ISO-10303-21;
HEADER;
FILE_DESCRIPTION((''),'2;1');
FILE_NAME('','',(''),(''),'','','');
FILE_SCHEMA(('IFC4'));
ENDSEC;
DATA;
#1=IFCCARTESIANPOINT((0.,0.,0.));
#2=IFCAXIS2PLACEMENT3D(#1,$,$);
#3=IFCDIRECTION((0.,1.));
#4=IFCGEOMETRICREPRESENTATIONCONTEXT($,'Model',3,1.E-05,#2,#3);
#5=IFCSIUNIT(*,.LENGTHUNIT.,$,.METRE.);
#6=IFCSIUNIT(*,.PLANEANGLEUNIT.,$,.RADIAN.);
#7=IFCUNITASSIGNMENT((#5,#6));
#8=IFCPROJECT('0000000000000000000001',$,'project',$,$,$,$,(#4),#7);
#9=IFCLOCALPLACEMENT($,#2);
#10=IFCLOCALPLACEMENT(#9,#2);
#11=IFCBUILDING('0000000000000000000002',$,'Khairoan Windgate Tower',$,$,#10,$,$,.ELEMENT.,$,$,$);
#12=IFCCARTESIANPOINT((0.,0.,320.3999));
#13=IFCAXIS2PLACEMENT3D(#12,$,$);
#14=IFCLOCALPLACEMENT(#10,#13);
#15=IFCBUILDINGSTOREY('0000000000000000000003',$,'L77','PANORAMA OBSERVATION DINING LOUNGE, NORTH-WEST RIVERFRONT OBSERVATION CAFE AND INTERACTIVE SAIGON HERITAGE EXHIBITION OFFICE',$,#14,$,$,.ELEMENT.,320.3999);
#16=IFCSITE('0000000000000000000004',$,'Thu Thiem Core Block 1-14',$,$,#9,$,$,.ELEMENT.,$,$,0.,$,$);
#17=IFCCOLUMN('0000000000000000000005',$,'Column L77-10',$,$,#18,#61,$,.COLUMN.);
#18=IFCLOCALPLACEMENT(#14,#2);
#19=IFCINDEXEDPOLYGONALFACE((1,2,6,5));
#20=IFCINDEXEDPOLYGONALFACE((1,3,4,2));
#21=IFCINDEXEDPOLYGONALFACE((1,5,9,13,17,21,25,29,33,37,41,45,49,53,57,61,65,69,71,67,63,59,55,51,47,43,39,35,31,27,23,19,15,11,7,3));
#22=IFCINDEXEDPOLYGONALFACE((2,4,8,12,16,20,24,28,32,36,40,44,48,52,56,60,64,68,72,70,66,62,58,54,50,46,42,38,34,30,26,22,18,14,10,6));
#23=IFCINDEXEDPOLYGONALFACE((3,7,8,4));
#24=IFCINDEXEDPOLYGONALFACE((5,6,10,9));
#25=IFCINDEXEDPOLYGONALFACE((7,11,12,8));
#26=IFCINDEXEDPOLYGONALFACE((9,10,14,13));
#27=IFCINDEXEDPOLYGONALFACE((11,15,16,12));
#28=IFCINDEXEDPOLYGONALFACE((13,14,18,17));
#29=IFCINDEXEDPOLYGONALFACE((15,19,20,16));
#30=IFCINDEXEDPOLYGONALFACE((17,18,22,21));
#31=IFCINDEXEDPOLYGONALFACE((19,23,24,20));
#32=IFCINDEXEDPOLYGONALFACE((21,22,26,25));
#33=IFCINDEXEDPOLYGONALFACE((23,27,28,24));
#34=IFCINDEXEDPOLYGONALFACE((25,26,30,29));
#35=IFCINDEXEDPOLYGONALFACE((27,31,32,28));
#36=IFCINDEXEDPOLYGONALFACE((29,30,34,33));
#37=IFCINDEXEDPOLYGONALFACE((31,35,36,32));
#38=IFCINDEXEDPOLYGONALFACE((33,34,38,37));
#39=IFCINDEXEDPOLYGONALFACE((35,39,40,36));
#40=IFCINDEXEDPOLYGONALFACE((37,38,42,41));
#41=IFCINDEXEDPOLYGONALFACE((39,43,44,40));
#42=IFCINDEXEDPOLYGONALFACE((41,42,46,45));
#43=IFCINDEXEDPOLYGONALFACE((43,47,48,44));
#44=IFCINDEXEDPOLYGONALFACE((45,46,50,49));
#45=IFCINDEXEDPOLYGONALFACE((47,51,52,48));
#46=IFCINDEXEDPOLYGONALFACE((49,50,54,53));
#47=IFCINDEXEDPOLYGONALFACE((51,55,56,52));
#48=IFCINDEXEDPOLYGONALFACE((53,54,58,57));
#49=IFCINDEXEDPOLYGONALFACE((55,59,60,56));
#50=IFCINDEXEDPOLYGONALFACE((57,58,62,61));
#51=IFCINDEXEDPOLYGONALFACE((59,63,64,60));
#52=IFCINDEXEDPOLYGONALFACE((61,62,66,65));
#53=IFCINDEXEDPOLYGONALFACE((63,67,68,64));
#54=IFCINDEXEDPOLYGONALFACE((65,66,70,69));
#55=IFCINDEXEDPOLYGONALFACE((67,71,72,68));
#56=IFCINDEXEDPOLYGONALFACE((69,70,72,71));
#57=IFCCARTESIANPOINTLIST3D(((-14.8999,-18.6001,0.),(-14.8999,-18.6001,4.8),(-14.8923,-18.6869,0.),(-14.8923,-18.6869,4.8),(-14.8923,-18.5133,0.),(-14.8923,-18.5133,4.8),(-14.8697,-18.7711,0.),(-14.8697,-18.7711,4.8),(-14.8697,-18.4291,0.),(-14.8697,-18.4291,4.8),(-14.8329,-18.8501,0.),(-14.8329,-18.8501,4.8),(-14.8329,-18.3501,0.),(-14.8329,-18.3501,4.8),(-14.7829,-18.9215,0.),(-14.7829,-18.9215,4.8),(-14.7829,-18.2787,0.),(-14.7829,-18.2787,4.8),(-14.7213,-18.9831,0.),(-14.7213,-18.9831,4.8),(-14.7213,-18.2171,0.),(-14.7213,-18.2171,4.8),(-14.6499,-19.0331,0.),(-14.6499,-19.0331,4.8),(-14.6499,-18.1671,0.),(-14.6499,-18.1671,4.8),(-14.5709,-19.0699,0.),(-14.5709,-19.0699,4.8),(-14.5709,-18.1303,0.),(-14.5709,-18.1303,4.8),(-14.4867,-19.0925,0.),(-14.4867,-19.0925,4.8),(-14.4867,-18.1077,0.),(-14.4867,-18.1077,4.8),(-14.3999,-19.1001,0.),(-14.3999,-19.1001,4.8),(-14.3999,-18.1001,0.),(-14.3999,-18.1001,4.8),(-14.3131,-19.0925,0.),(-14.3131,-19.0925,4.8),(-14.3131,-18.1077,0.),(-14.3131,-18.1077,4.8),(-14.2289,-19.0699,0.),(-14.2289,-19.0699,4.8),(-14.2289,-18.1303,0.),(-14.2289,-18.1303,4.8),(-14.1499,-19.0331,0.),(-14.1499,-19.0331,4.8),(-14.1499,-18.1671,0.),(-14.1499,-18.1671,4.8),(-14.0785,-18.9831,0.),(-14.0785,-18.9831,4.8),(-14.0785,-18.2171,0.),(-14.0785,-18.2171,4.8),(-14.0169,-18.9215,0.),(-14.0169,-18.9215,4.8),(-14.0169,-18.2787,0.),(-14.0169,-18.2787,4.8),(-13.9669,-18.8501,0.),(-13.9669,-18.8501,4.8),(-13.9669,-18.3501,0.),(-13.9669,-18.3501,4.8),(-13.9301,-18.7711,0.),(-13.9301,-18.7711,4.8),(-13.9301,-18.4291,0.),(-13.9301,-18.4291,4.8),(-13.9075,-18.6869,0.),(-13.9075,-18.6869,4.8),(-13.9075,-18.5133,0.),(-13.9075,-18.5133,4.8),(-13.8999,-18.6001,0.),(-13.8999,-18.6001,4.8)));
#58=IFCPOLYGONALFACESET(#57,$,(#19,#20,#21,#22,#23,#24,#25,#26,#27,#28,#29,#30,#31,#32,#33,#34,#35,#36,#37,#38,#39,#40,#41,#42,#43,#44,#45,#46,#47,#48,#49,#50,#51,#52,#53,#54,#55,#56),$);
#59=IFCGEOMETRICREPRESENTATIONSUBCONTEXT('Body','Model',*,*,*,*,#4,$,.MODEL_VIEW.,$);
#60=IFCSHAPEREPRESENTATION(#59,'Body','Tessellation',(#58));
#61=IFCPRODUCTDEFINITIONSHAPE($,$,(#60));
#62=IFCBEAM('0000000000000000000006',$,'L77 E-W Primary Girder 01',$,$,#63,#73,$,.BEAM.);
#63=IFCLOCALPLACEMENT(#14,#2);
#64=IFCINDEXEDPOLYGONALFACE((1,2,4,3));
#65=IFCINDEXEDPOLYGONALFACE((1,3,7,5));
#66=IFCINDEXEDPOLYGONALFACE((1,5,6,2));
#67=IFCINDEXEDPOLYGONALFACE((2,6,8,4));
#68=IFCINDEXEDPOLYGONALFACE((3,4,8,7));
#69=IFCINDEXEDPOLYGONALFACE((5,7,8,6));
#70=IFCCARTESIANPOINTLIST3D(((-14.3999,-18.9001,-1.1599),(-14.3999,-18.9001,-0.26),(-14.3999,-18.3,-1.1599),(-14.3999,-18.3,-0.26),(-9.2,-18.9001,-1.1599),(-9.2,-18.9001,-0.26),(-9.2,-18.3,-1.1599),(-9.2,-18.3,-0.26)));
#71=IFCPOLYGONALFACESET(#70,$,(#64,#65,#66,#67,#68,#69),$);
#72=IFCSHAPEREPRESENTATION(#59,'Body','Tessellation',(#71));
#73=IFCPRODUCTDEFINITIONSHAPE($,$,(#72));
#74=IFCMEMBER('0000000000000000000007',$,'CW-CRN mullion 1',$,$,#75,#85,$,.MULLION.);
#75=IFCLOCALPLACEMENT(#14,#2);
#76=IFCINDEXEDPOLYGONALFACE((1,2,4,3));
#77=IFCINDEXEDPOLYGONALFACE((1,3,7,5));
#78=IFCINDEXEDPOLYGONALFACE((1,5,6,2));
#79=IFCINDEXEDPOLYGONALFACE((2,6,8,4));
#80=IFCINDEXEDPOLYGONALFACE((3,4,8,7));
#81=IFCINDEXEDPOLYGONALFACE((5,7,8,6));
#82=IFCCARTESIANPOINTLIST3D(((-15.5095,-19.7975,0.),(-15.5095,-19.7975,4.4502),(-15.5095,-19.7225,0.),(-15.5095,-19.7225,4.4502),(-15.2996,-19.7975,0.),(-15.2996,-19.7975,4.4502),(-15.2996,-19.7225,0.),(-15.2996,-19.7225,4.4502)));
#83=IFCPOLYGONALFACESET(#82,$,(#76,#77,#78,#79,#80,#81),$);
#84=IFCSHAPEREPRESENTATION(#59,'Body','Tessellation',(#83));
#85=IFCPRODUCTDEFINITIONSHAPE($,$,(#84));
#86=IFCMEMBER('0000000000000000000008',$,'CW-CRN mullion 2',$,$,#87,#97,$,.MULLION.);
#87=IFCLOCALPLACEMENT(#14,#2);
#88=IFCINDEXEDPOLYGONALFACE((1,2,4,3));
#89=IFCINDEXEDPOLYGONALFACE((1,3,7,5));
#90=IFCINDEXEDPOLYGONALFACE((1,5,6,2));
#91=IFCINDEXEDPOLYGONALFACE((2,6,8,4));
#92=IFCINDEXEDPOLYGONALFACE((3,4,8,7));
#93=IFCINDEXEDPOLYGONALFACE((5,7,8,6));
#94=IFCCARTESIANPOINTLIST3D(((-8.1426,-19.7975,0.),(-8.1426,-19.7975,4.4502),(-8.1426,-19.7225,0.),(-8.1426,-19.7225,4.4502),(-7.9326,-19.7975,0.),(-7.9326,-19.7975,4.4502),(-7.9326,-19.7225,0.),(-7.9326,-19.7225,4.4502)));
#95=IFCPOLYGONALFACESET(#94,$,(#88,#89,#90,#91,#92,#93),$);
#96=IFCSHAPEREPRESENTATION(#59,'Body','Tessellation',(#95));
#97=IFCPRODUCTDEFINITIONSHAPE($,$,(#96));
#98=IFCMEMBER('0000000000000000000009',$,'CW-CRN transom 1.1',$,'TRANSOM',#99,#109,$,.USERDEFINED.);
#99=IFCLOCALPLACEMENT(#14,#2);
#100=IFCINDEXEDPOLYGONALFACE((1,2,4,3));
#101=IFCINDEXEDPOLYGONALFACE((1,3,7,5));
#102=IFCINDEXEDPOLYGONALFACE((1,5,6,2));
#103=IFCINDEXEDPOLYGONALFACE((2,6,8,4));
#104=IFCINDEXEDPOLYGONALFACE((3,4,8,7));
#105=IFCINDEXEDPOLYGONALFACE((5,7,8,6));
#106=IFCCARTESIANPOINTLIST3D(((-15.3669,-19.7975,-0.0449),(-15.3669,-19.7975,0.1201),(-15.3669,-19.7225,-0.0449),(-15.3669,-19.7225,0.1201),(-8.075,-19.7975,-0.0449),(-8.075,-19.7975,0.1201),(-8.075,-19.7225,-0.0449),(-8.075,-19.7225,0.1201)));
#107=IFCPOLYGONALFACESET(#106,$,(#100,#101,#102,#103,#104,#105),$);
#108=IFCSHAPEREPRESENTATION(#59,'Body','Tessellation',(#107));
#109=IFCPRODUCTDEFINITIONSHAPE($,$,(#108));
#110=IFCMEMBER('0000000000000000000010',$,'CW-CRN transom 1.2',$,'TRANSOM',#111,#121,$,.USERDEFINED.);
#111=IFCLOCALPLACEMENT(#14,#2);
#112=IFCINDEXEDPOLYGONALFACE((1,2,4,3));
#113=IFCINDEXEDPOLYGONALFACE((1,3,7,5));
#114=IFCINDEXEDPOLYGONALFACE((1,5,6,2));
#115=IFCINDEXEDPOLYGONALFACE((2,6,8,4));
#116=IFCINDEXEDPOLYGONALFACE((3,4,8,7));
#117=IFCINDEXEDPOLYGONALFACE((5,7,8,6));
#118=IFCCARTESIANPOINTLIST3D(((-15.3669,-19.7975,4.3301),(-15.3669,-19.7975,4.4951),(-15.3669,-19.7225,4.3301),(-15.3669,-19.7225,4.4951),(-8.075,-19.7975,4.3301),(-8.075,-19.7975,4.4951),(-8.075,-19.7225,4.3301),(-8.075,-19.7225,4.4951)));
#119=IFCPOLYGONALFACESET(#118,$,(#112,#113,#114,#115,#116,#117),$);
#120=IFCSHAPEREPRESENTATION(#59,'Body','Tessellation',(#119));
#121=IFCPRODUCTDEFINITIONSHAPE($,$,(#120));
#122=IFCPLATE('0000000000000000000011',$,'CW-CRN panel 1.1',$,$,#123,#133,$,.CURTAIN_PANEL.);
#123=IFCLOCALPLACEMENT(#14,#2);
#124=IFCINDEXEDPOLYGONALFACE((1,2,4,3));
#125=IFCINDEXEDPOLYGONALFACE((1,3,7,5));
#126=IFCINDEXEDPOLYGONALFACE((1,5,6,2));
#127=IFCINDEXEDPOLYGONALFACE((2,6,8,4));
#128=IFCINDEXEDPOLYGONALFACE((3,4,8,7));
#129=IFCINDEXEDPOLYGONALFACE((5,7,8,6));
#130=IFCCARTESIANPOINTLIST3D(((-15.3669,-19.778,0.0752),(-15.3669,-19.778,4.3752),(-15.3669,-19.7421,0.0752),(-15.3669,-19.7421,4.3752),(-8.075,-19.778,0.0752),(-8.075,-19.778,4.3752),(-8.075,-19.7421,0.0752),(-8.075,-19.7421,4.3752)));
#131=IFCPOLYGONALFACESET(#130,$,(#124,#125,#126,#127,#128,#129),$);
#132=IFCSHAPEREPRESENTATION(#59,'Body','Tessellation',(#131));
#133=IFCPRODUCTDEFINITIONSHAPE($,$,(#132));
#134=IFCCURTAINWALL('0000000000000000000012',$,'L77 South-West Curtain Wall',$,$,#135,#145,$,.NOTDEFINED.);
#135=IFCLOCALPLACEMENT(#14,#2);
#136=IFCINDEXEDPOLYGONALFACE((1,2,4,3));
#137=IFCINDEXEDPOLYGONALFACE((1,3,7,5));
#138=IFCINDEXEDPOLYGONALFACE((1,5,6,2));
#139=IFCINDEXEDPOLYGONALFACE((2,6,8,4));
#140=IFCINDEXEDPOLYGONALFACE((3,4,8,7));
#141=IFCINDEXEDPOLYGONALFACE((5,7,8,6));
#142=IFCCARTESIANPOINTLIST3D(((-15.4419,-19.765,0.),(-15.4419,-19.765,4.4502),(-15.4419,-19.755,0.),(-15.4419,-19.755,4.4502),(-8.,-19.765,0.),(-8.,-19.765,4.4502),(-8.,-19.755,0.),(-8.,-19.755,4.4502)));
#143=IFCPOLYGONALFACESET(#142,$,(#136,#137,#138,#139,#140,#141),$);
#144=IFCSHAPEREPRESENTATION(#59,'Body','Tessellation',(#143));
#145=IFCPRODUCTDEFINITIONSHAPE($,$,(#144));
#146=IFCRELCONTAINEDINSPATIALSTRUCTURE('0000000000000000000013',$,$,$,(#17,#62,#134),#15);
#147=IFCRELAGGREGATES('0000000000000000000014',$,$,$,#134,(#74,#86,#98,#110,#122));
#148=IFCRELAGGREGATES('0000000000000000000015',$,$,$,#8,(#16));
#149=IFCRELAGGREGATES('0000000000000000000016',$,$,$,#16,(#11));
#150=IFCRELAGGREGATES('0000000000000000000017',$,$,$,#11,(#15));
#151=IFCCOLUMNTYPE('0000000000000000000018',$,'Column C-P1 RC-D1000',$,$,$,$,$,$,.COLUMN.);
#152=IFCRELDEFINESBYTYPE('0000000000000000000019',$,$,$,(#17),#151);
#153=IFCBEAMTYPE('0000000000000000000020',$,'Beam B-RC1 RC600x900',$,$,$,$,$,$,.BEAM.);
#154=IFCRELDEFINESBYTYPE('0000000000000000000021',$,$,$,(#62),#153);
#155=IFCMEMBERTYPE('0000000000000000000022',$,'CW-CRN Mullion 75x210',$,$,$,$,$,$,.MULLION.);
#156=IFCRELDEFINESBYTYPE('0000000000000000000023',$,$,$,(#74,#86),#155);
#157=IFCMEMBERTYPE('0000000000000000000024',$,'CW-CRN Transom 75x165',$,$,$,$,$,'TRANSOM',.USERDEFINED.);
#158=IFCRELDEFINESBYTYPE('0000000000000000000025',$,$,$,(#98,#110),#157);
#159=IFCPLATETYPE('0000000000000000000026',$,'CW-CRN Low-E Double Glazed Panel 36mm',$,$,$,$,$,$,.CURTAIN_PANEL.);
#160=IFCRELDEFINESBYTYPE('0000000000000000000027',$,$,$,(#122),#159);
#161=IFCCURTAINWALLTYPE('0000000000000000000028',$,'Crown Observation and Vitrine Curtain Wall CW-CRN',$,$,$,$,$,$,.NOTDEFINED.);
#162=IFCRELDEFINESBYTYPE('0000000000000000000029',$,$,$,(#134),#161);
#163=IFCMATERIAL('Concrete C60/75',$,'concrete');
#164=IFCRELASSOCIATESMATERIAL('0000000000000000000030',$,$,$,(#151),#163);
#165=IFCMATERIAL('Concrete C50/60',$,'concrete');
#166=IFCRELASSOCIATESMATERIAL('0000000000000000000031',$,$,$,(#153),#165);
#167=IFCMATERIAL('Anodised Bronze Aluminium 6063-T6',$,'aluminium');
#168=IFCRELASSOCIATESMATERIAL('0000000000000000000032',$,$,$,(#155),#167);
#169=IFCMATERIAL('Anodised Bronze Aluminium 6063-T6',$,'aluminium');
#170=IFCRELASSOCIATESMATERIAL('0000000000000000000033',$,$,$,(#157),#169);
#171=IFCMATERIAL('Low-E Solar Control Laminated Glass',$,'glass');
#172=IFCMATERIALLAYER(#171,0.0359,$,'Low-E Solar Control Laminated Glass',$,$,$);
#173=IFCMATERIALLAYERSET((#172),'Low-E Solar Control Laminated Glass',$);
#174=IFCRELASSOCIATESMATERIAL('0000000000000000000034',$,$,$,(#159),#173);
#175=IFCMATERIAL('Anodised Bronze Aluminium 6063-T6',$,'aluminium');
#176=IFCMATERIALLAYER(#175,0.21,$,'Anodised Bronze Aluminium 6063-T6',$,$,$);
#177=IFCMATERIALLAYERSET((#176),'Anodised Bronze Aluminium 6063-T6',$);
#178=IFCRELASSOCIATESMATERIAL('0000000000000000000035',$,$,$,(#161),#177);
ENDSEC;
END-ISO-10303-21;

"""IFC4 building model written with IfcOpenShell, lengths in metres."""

from ifc_helpers import new_model, si_unit, direction, frame, frame_2d, origin, origin_2d, place, context, subcontext, project, spatial, rectangle, circle, extrude, material, layer, layer_set, material_profile, profile_set, type_object, element, aggregate, save


model = new_model("IFC4")

# Units and contexts
model_context = context("Model", 3, precision=1e-05, world=origin(), true_north=direction((0.0, 1.0)))
body_context = subcontext(model_context, "Body", "Model", "MODEL_VIEW")
ifc_project = project(units=[si_unit("LENGTHUNIT", "METRE"), si_unit("PLANEANGLEUNIT", "RADIAN")], contexts=[model_context])

# Site, building, storey
site_placement = place(None, origin())
site = spatial("IfcSite", under=ifc_project, at=site_placement, Name="Thu Thiem Core Block 1-14", CompositionType="ELEMENT", RefElevation=0.0)
building_placement = place(site_placement, origin())
building = spatial("IfcBuilding", under=site, at=building_placement, Name="Khairoan Windgate Tower", CompositionType="ELEMENT")
storey_placement = place(building_placement, frame((0.0, 0.0, 320.3999)))
storey = spatial("IfcBuildingStorey", under=building, at=storey_placement, Name="L77", Description="PANORAMA OBSERVATION DINING LOUNGE, NORTH-WEST RIVERFRONT OBSERVATION CAFE AND INTERACTIVE SAIGON HERITAGE EXHIBITION OFFICE", CompositionType="ELEMENT", Elevation=320.3999)

# Column
ifc_material_1 = material(Name="Concrete C60/75", Category="concrete")
ifc_material_profile_1 = material_profile(ifc_material_1, circle(Radius=0.5, at=origin_2d()))
ifc_profile_set_1 = profile_set([ifc_material_profile_1], Name="Concrete C60/75")
column_type = type_object("IfcColumnType", Name="Column C-P1 RC-D1000", PredefinedType="COLUMN", material=ifc_profile_set_1)
column_placement = place(storey_placement, frame((-14.3999, -18.6001, 0.0), z_axis=(0.0, 0.0, 1.0), x_axis=(1.0, 0.0, 0.0)))
element("IfcColumn", 1, at=column_placement, inside=storey, type_object=column_type, Name="Column L77-10", PredefinedType="COLUMN", context=body_context, shape_type="SweptSolid", body=[
    extrude(circle(Radius=0.5, at=origin_2d()), origin(), (0.0, 0.0, 1.0), 4.8),
])

# Beam
ifc_material_2 = material(Name="Concrete C50/60", Category="concrete")
ifc_material_profile_2 = material_profile(ifc_material_2, rectangle(XDim=0.6001, YDim=0.8999, at=origin_2d()))
ifc_profile_set_2 = profile_set([ifc_material_profile_2], Name="Concrete C50/60")
beam_type = type_object("IfcBeamType", Name="Beam B-RC1 RC600x900", PredefinedType="BEAM", material=ifc_profile_set_2)
beam_placement = place(storey_placement, frame((-14.3999, -18.6001, -0.71), z_axis=(1.0, 0.0, 0.0), x_axis=(0.0, 1.0, 0.0)))
element("IfcBeam", 2, at=beam_placement, inside=storey, type_object=beam_type, Name="L77 E-W Primary Girder 01", PredefinedType="BEAM", context=body_context, shape_type="SweptSolid", body=[
    extrude(rectangle(XDim=0.6001, YDim=0.8999, at=origin_2d()), origin(), (0.0, 0.0, 1.0), 5.2),
])

# Members
ifc_material_3 = material(Name="Anodised Bronze Aluminium 6063-T6", Category="aluminium")
ifc_material_profile_3 = material_profile(ifc_material_3, rectangle(XDim=0.075, YDim=0.21, at=origin_2d()))
ifc_profile_set_3 = profile_set([ifc_material_profile_3], Name="Anodised Bronze Aluminium 6063-T6")
member_type_1 = type_object("IfcMemberType", Name="CW-CRN Mullion 75x210", PredefinedType="MULLION", material=ifc_profile_set_3)
member_1_placement = place(storey_placement, frame((-15.4045, -19.76, 0.0), z_axis=(0.0, 0.0, 1.0), x_axis=(0.0, 1.0, 0.0)))
member_1 = element("IfcMember", 3, at=member_1_placement, type_object=member_type_1, Name="CW-CRN mullion 1", PredefinedType="MULLION", context=body_context, shape_type="SweptSolid", body=[
    extrude(rectangle(XDim=0.075, YDim=0.21, at=origin_2d()), origin(), (0.0, 0.0, 1.0), 4.4502),
])
member_2_placement = place(storey_placement, frame((-8.0376, -19.76, 0.0), z_axis=(0.0, 0.0, 1.0), x_axis=(0.0, 1.0, 0.0)))
member_2 = element("IfcMember", 4, at=member_2_placement, type_object=member_type_1, Name="CW-CRN mullion 2", PredefinedType="MULLION", context=body_context, shape_type="SweptSolid", body=[
    extrude(rectangle(XDim=0.075, YDim=0.21, at=origin_2d()), origin(), (0.0, 0.0, 1.0), 4.4502),
])
ifc_material_4 = material(Name="Anodised Bronze Aluminium 6063-T6", Category="aluminium")
ifc_material_profile_4 = material_profile(ifc_material_4, rectangle(XDim=0.075, YDim=0.165, at=origin_2d()))
ifc_profile_set_4 = profile_set([ifc_material_profile_4], Name="Anodised Bronze Aluminium 6063-T6")
member_type_2 = type_object("IfcMemberType", Name="CW-CRN Transom 75x165", ElementType="TRANSOM", PredefinedType="USERDEFINED", material=ifc_profile_set_4)
member_3_placement = place(storey_placement, frame((-15.3669, -19.76, 0.0376), z_axis=(1.0, 0.0, 0.0), x_axis=(0.0, 1.0, 0.0)))
member_3 = element("IfcMember", 5, at=member_3_placement, type_object=member_type_2, Name="CW-CRN transom 1.1", ObjectType="TRANSOM", PredefinedType="USERDEFINED", context=body_context, shape_type="SweptSolid", body=[
    extrude(rectangle(XDim=0.075, YDim=0.165, at=origin_2d()), origin(), (0.0, 0.0, 1.0), 7.292),
])
member_4_placement = place(storey_placement, frame((-15.3669, -19.76, 4.4126), z_axis=(1.0, 0.0, 0.0), x_axis=(0.0, 1.0, 0.0)))
member_4 = element("IfcMember", 6, at=member_4_placement, type_object=member_type_2, Name="CW-CRN transom 1.2", ObjectType="TRANSOM", PredefinedType="USERDEFINED", context=body_context, shape_type="SweptSolid", body=[
    extrude(rectangle(XDim=0.075, YDim=0.165, at=origin_2d()), origin(), (0.0, 0.0, 1.0), 7.292),
])

# Plate
ifc_material_5 = material(Name="Low-E Solar Control Laminated Glass", Category="glass")
ifc_layer_1 = layer(ifc_material_5, 0.0359, Name="Low-E Solar Control Laminated Glass")
ifc_layer_set_1 = layer_set([ifc_layer_1], Name="Low-E Solar Control Laminated Glass")
plate_type_1 = type_object("IfcPlateType", Name="CW-CRN Low-E Double Glazed Panel 36mm", PredefinedType="CURTAIN_PANEL", material=ifc_layer_set_1)
plate_1_placement = place(storey_placement, frame((-11.7209, -19.76, 0.0752), z_axis=(0.0, 0.0, 1.0), x_axis=(1.0, 0.0, 0.0)))
plate_1 = element("IfcPlate", 7, at=plate_1_placement, type_object=plate_type_1, Name="CW-CRN panel 1.1", PredefinedType="CURTAIN_PANEL", context=body_context, shape_type="SweptSolid", body=[
    extrude(rectangle(XDim=7.292, YDim=0.0359, at=origin_2d()), origin(), (0.0, 0.0, 1.0), 4.3),
])

# Curtain wall
ifc_material_6 = material(Name="Anodised Bronze Aluminium 6063-T6", Category="aluminium")
ifc_layer_2 = layer(ifc_material_6, 0.21, Name="Anodised Bronze Aluminium 6063-T6")
ifc_layer_set_2 = layer_set([ifc_layer_2], Name="Anodised Bronze Aluminium 6063-T6")
curtain_wall_type_1 = type_object("IfcCurtainWallType", Name="Crown Observation and Vitrine Curtain Wall CW-CRN", PredefinedType="NOTDEFINED", material=ifc_layer_set_2)
curtain_wall_1_placement = place(storey_placement, frame((-15.4419, -19.76, 0.0), z_axis=(0.0, 0.0, 1.0), x_axis=(1.0, 0.0, 0.0)))
curtain_wall_1 = element("IfcCurtainWall", 8, at=curtain_wall_1_placement, inside=storey, type_object=curtain_wall_type_1, Name="L77 South-West Curtain Wall", PredefinedType="NOTDEFINED", context=body_context, shape_type="SweptSolid", body=[
    extrude(rectangle(XDim=7.4419, YDim=0.01, at=frame_2d((3.7209, 0.0))), origin(), (0.0, 0.0, 1.0), 4.4502),
])
aggregate(curtain_wall_1, [member_1, member_2, member_3, member_4, plate_1])

save(model, "model.ifc")
